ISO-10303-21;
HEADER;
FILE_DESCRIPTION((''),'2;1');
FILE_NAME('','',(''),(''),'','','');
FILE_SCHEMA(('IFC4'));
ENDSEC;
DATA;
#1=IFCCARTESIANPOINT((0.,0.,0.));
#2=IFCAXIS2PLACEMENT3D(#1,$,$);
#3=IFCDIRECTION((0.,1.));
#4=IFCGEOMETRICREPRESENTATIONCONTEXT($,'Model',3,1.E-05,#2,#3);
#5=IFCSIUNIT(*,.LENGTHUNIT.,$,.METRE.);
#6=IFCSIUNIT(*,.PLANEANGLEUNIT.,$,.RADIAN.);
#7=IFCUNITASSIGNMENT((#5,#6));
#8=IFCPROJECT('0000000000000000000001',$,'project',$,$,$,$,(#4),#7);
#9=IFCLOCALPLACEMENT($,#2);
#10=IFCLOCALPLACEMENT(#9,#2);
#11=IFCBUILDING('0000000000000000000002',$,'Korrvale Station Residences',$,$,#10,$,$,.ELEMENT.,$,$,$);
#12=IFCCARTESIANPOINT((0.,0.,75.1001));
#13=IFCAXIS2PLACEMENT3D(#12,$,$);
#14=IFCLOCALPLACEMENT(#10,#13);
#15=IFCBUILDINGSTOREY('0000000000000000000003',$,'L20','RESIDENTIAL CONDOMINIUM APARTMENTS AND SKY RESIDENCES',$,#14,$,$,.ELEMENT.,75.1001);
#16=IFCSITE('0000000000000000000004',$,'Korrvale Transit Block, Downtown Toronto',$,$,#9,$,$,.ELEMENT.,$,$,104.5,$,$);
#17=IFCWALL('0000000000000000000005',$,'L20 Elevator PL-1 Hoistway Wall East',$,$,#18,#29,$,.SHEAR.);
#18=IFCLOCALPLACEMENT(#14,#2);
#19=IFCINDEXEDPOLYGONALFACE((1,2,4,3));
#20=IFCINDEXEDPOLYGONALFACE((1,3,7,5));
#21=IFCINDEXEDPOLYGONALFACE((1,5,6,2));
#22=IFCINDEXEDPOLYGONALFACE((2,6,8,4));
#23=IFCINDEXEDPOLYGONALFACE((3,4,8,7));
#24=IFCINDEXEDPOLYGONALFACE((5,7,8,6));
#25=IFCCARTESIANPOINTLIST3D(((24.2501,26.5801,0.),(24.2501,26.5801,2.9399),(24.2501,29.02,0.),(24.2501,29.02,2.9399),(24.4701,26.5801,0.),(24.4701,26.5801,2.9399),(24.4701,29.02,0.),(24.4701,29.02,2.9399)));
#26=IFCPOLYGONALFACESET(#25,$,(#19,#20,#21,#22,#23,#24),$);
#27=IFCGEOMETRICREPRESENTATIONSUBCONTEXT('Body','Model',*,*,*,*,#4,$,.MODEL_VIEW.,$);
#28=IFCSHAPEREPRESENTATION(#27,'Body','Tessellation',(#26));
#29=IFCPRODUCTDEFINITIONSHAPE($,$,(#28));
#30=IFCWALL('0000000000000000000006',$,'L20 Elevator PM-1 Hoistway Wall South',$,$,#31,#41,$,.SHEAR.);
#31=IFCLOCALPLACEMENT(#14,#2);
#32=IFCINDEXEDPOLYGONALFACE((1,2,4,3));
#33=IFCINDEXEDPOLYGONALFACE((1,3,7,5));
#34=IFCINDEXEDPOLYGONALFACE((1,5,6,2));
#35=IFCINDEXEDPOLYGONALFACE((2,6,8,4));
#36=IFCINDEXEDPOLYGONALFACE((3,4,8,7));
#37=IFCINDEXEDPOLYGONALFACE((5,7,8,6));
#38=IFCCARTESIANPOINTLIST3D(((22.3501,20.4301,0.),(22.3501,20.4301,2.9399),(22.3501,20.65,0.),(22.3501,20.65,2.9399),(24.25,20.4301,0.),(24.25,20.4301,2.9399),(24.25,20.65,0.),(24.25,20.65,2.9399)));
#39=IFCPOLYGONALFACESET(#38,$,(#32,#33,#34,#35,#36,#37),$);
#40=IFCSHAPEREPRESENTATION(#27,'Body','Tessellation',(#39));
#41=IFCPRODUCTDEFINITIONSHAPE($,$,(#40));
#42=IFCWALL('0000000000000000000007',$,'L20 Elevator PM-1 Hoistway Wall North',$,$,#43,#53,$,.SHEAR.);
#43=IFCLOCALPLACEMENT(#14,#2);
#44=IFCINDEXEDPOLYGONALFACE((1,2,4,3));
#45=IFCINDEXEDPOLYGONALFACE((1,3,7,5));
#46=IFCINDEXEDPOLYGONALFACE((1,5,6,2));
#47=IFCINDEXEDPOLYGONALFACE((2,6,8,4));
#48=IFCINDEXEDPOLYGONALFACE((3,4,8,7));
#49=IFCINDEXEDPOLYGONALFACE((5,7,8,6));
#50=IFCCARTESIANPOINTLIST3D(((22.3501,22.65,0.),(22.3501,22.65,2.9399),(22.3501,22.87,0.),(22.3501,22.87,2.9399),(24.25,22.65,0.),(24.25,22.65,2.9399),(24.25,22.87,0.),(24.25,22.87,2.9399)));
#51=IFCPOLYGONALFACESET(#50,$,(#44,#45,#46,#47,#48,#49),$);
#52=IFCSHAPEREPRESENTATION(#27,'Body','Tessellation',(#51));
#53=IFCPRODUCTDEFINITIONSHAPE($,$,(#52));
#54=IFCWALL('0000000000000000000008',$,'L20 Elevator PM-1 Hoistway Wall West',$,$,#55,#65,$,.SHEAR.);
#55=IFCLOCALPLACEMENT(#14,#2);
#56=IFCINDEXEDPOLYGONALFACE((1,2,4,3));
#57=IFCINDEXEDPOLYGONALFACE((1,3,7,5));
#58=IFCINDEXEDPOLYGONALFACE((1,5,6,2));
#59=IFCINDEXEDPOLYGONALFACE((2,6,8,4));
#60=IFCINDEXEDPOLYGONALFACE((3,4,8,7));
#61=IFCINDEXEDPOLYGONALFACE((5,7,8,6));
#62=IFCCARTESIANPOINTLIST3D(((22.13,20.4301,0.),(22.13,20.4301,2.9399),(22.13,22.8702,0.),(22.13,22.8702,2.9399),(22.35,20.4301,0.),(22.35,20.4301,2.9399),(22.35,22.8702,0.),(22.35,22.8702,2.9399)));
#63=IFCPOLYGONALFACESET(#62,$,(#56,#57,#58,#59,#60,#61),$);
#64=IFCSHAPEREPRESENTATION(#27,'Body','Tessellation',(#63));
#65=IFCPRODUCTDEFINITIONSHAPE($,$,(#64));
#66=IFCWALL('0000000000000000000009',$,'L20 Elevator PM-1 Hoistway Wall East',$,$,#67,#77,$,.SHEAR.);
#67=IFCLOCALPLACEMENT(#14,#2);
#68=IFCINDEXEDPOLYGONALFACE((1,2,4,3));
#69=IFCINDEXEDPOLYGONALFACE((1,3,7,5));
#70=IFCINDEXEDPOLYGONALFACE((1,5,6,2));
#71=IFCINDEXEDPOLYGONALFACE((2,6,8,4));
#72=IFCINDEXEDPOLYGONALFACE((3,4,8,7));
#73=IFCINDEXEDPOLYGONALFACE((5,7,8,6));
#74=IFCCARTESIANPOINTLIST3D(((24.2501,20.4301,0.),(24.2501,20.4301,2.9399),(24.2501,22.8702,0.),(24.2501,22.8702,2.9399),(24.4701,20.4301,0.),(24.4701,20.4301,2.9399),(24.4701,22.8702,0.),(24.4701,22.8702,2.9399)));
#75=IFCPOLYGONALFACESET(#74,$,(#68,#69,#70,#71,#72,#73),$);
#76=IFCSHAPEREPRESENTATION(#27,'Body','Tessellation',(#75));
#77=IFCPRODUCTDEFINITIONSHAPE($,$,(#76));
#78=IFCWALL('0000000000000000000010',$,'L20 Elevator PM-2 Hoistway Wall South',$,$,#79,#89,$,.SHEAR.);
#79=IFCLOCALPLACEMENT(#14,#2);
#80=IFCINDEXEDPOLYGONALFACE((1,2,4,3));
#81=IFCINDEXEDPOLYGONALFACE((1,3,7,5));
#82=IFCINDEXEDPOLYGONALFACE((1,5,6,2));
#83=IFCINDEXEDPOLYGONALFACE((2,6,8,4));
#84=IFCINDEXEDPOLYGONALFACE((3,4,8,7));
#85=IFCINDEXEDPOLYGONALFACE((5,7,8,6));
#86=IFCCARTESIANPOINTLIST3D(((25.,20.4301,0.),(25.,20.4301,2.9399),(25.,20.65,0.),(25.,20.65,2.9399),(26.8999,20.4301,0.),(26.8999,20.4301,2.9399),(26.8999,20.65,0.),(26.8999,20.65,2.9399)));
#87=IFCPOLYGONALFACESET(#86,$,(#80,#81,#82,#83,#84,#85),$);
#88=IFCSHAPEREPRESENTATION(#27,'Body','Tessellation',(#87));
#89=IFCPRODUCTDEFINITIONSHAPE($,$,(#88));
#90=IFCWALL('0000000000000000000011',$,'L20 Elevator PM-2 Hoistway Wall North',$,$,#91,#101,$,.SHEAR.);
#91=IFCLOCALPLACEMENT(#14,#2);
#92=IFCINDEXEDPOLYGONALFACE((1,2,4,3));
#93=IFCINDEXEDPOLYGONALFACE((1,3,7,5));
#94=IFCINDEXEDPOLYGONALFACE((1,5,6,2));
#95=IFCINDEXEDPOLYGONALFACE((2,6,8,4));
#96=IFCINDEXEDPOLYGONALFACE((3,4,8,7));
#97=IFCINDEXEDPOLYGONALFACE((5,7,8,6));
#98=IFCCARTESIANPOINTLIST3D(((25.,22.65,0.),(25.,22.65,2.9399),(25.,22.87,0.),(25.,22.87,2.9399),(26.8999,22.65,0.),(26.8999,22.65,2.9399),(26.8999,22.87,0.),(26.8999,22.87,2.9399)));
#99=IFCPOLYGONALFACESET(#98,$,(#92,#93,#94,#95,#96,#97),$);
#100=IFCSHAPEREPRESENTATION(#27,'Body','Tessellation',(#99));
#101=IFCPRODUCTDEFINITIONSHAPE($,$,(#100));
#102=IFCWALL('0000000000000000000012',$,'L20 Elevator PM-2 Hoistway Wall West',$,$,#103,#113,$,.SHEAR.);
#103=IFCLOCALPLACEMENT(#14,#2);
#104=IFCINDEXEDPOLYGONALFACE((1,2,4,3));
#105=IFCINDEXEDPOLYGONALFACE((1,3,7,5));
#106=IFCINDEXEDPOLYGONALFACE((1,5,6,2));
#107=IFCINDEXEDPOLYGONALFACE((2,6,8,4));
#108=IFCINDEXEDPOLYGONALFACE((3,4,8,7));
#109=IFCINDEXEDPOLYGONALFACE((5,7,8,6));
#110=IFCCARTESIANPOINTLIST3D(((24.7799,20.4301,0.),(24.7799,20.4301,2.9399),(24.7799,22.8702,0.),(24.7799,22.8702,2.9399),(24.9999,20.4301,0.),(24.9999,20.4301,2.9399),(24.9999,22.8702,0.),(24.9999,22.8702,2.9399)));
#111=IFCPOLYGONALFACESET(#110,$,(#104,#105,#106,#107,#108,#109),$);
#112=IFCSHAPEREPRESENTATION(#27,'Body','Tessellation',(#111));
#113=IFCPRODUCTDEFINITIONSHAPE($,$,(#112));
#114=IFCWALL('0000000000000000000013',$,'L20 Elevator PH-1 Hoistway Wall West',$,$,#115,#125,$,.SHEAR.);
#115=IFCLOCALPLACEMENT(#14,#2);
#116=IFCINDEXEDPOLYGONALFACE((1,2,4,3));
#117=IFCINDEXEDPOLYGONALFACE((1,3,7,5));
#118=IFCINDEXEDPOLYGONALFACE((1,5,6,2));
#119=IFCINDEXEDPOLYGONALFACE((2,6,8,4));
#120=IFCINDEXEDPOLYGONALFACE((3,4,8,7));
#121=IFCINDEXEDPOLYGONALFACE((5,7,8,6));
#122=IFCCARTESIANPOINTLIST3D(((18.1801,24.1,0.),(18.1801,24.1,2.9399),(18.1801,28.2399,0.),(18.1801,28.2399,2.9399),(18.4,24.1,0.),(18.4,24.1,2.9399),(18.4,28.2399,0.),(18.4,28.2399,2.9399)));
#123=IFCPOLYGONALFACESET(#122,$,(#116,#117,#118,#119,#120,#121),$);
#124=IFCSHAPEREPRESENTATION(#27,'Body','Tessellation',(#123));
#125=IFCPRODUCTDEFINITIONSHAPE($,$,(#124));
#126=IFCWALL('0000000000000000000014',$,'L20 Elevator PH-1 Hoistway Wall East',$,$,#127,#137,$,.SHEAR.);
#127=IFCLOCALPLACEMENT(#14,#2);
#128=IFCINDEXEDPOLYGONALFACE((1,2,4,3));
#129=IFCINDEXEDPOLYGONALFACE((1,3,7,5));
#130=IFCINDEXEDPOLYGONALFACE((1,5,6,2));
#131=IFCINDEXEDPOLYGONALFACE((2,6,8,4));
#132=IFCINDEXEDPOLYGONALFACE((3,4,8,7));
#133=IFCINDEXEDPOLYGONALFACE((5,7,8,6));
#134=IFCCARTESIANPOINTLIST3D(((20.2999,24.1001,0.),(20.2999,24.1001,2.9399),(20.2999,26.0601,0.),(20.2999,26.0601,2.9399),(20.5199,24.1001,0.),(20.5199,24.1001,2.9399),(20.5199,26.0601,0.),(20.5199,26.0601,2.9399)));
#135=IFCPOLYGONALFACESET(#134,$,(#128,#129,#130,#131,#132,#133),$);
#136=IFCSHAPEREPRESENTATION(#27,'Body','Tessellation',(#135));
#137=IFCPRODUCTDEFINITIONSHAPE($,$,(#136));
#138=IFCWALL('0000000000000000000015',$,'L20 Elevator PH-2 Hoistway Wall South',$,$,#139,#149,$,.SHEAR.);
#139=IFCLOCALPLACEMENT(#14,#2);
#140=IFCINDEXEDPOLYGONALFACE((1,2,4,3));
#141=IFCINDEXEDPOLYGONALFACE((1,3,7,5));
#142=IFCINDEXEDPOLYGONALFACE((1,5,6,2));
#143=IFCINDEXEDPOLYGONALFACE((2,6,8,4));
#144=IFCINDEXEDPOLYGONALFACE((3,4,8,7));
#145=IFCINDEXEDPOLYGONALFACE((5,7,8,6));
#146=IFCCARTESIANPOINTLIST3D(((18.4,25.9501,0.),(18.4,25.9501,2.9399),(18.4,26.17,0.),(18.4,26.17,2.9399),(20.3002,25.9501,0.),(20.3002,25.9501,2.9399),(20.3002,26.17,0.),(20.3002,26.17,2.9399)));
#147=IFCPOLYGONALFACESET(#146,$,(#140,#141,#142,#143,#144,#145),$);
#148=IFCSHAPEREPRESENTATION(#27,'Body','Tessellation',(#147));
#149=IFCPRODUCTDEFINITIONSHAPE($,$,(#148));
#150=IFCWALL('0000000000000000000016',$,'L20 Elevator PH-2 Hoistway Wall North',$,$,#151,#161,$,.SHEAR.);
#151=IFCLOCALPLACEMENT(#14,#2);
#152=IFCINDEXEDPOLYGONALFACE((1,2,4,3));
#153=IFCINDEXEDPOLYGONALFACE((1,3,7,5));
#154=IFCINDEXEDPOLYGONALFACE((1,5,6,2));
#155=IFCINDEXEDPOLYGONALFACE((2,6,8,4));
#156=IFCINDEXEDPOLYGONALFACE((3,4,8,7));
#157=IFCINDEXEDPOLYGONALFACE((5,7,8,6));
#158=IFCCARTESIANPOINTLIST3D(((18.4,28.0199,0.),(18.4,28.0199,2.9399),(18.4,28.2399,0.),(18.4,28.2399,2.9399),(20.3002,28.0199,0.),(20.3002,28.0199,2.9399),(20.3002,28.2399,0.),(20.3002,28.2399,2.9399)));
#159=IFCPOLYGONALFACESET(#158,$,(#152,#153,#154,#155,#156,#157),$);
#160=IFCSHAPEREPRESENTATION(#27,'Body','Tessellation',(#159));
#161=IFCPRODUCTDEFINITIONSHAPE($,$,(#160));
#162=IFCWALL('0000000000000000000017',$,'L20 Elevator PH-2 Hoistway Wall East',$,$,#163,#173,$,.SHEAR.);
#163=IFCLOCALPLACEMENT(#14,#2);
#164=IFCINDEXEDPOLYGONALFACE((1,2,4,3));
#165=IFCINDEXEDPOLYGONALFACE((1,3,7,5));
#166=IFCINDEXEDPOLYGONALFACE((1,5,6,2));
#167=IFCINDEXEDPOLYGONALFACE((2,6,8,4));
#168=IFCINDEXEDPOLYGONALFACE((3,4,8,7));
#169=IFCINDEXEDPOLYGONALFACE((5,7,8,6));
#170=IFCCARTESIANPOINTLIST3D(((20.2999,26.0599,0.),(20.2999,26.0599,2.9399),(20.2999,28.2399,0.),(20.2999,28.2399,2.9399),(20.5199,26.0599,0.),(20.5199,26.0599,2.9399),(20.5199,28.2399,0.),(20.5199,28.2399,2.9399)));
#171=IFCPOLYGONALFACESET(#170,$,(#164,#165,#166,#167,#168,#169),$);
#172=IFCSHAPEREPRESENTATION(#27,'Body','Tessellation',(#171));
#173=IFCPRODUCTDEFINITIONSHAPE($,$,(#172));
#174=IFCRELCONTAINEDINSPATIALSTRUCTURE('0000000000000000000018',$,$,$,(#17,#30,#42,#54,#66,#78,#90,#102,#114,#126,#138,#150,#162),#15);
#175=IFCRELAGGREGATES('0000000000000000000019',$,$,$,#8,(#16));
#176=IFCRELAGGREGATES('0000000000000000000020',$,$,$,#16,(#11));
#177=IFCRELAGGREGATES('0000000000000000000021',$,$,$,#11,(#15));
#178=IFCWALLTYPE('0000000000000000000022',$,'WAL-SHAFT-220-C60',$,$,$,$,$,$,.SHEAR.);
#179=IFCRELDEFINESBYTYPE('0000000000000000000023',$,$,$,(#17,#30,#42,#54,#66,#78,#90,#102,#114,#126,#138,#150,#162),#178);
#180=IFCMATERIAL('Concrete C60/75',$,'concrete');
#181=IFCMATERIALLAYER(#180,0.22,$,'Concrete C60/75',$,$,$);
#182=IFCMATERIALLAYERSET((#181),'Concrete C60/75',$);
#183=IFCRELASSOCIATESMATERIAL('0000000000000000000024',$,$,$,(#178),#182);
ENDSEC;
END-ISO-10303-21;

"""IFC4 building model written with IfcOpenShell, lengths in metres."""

from ifc_helpers import new_model, si_unit, direction, frame, frame_2d, origin, place, context, subcontext, project, spatial, rectangle, extrude, material, layer, layer_set, type_object, element, save


model = new_model("IFC4")

# Units and contexts
model_context = context("Model", 3, precision=1e-05, world=origin(), true_north=direction((0.0, 1.0)))
body_context = subcontext(model_context, "Body", "Model", "MODEL_VIEW")
ifc_project = project(units=[si_unit("LENGTHUNIT", "METRE"), si_unit("PLANEANGLEUNIT", "RADIAN")], contexts=[model_context])

# Site, building, storey
site_placement = place(None, origin())
site = spatial("IfcSite", under=ifc_project, at=site_placement, Name="Korrvale Transit Block, Downtown Toronto", CompositionType="ELEMENT", RefElevation=104.5)
building_placement = place(site_placement, origin())
building = spatial("IfcBuilding", under=site, at=building_placement, Name="Korrvale Station Residences", CompositionType="ELEMENT")
storey_placement = place(building_placement, frame((0.0, 0.0, 75.1001)))
storey = spatial("IfcBuildingStorey", under=building, at=storey_placement, Name="L20", Description="RESIDENTIAL CONDOMINIUM APARTMENTS AND SKY RESIDENCES", CompositionType="ELEMENT", Elevation=75.1001)

# Shared definitions
ifc_material_1 = material(Name="Concrete C60/75", Category="concrete")

# Shared definitions
ifc_layer_1 = layer(ifc_material_1, 0.22, Name="Concrete C60/75")
ifc_layer_set_1 = layer_set([ifc_layer_1], Name="Concrete C60/75")
wall_type_1 = type_object("IfcWallType", Name="WAL-SHAFT-220-C60", PredefinedType="SHEAR", material=ifc_layer_set_1)

# Walls
for number, where, z_axis, x_axis, name in (
    (1, (24.3601, 26.5801, 0.0), (0.0, 0.0, 1.0), (0.0, 1.0, 0.0), "L20 Elevator PL-1 Hoistway Wall East"),
):
    element("IfcWall", number, at=place(storey_placement, frame(where, z_axis=z_axis, x_axis=x_axis)), inside=storey, type_object=wall_type_1, Name=name, PredefinedType="SHEAR", context=body_context, shape_type="SweptSolid", body=[
        extrude(rectangle(XDim=2.4399, YDim=0.22, at=frame_2d((1.22, 0.0))), origin(), (0.0, 0.0, 1.0), 2.9399),
    ])
for number, where, z_axis, x_axis, name in (
    (2, (22.3501, 20.54, 0.0), (0.0, 0.0, 1.0), (1.0, 0.0, 0.0), "L20 Elevator PM-1 Hoistway Wall South"),
    (3, (22.3501, 22.76, 0.0), (0.0, 0.0, 1.0), (1.0, 0.0, 0.0), "L20 Elevator PM-1 Hoistway Wall North"),
):
    element("IfcWall", number, at=place(storey_placement, frame(where, z_axis=z_axis, x_axis=x_axis)), inside=storey, type_object=wall_type_1, Name=name, PredefinedType="SHEAR", context=body_context, shape_type="SweptSolid", body=[
        extrude(rectangle(XDim=1.8999, YDim=0.22, at=frame_2d((0.95, 0.0))), origin(), (0.0, 0.0, 1.0), 2.9399),
    ])
for number, where, z_axis, x_axis, name in (
    (4, (22.24, 20.4299, 0.0), (0.0, 0.0, 1.0), (0.0, 1.0, 0.0), "L20 Elevator PM-1 Hoistway Wall West"),
    (5, (24.3601, 20.4299, 0.0), (0.0, 0.0, 1.0), (0.0, 1.0, 0.0), "L20 Elevator PM-1 Hoistway Wall East"),
):
    element("IfcWall", number, at=place(storey_placement, frame(where, z_axis=z_axis, x_axis=x_axis)), inside=storey, type_object=wall_type_1, Name=name, PredefinedType="SHEAR", context=body_context, shape_type="SweptSolid", body=[
        extrude(rectangle(XDim=2.4402, YDim=0.22, at=frame_2d((1.2202, 0.0))), origin(), (0.0, 0.0, 1.0), 2.9399),
    ])
for number, where, z_axis, x_axis, name in (
    (6, (25.0, 20.54, 0.0), (0.0, 0.0, 1.0), (1.0, 0.0, 0.0), "L20 Elevator PM-2 Hoistway Wall South"),
    (7, (25.0, 22.76, 0.0), (0.0, 0.0, 1.0), (1.0, 0.0, 0.0), "L20 Elevator PM-2 Hoistway Wall North"),
):
    element("IfcWall", number, at=place(storey_placement, frame(where, z_axis=z_axis, x_axis=x_axis)), inside=storey, type_object=wall_type_1, Name=name, PredefinedType="SHEAR", context=body_context, shape_type="SweptSolid", body=[
        extrude(rectangle(XDim=1.8999, YDim=0.22, at=frame_2d((0.95, 0.0))), origin(), (0.0, 0.0, 1.0), 2.9399),
    ])
wall_1_placement = place(storey_placement, frame((24.8899, 20.4299, 0.0), z_axis=(0.0, 0.0, 1.0), x_axis=(0.0, 1.0, 0.0)))
element("IfcWall", 8, at=wall_1_placement, inside=storey, type_object=wall_type_1, Name="L20 Elevator PM-2 Hoistway Wall West", PredefinedType="SHEAR", context=body_context, shape_type="SweptSolid", body=[
    extrude(rectangle(XDim=2.4402, YDim=0.22, at=frame_2d((1.2202, 0.0))), origin(), (0.0, 0.0, 1.0), 2.9399),
])
wall_2_placement = place(storey_placement, frame((18.29, 24.1001, 0.0), z_axis=(0.0, 0.0, 1.0), x_axis=(0.0, 1.0, 0.0)))
element("IfcWall", 9, at=wall_2_placement, inside=storey, type_object=wall_type_1, Name="L20 Elevator PH-1 Hoistway Wall West", PredefinedType="SHEAR", context=body_context, shape_type="SweptSolid", body=[
    extrude(rectangle(XDim=4.1399, YDim=0.22, at=frame_2d((2.0698, 0.0))), origin(), (0.0, 0.0, 1.0), 2.9399),
])
wall_3_placement = place(storey_placement, frame((20.4099, 24.1001, 0.0), z_axis=(0.0, 0.0, 1.0), x_axis=(0.0, 1.0, 0.0)))
element("IfcWall", 10, at=wall_3_placement, inside=storey, type_object=wall_type_1, Name="L20 Elevator PH-1 Hoistway Wall East", PredefinedType="SHEAR", context=body_context, shape_type="SweptSolid", body=[
    extrude(rectangle(XDim=1.96, YDim=0.22, at=frame_2d((0.98, 0.0))), origin(), (0.0, 0.0, 1.0), 2.9399),
])
for number, where, z_axis, x_axis, name in (
    (11, (18.3999, 26.0601, 0.0), (0.0, 0.0, 1.0), (1.0, 0.0, 0.0), "L20 Elevator PH-2 Hoistway Wall South"),
    (12, (18.3999, 28.1299, 0.0), (0.0, 0.0, 1.0), (1.0, 0.0, 0.0), "L20 Elevator PH-2 Hoistway Wall North"),
):
    element("IfcWall", number, at=place(storey_placement, frame(where, z_axis=z_axis, x_axis=x_axis)), inside=storey, type_object=wall_type_1, Name=name, PredefinedType="SHEAR", context=body_context, shape_type="SweptSolid", body=[
        extrude(rectangle(XDim=1.9001, YDim=0.22, at=frame_2d((0.9502, 0.0))), origin(), (0.0, 0.0, 1.0), 2.9399),
    ])
wall_4_placement = place(storey_placement, frame((20.4099, 26.0601, 0.0), z_axis=(0.0, 0.0, 1.0), x_axis=(0.0, 1.0, 0.0)))
element("IfcWall", 13, at=wall_4_placement, inside=storey, type_object=wall_type_1, Name="L20 Elevator PH-2 Hoistway Wall East", PredefinedType="SHEAR", context=body_context, shape_type="SweptSolid", body=[
    extrude(rectangle(XDim=2.1799, YDim=0.22, at=frame_2d((1.0898, 0.0))), origin(), (0.0, 0.0, 1.0), 2.9399),
])

save(model, "model.ifc")
